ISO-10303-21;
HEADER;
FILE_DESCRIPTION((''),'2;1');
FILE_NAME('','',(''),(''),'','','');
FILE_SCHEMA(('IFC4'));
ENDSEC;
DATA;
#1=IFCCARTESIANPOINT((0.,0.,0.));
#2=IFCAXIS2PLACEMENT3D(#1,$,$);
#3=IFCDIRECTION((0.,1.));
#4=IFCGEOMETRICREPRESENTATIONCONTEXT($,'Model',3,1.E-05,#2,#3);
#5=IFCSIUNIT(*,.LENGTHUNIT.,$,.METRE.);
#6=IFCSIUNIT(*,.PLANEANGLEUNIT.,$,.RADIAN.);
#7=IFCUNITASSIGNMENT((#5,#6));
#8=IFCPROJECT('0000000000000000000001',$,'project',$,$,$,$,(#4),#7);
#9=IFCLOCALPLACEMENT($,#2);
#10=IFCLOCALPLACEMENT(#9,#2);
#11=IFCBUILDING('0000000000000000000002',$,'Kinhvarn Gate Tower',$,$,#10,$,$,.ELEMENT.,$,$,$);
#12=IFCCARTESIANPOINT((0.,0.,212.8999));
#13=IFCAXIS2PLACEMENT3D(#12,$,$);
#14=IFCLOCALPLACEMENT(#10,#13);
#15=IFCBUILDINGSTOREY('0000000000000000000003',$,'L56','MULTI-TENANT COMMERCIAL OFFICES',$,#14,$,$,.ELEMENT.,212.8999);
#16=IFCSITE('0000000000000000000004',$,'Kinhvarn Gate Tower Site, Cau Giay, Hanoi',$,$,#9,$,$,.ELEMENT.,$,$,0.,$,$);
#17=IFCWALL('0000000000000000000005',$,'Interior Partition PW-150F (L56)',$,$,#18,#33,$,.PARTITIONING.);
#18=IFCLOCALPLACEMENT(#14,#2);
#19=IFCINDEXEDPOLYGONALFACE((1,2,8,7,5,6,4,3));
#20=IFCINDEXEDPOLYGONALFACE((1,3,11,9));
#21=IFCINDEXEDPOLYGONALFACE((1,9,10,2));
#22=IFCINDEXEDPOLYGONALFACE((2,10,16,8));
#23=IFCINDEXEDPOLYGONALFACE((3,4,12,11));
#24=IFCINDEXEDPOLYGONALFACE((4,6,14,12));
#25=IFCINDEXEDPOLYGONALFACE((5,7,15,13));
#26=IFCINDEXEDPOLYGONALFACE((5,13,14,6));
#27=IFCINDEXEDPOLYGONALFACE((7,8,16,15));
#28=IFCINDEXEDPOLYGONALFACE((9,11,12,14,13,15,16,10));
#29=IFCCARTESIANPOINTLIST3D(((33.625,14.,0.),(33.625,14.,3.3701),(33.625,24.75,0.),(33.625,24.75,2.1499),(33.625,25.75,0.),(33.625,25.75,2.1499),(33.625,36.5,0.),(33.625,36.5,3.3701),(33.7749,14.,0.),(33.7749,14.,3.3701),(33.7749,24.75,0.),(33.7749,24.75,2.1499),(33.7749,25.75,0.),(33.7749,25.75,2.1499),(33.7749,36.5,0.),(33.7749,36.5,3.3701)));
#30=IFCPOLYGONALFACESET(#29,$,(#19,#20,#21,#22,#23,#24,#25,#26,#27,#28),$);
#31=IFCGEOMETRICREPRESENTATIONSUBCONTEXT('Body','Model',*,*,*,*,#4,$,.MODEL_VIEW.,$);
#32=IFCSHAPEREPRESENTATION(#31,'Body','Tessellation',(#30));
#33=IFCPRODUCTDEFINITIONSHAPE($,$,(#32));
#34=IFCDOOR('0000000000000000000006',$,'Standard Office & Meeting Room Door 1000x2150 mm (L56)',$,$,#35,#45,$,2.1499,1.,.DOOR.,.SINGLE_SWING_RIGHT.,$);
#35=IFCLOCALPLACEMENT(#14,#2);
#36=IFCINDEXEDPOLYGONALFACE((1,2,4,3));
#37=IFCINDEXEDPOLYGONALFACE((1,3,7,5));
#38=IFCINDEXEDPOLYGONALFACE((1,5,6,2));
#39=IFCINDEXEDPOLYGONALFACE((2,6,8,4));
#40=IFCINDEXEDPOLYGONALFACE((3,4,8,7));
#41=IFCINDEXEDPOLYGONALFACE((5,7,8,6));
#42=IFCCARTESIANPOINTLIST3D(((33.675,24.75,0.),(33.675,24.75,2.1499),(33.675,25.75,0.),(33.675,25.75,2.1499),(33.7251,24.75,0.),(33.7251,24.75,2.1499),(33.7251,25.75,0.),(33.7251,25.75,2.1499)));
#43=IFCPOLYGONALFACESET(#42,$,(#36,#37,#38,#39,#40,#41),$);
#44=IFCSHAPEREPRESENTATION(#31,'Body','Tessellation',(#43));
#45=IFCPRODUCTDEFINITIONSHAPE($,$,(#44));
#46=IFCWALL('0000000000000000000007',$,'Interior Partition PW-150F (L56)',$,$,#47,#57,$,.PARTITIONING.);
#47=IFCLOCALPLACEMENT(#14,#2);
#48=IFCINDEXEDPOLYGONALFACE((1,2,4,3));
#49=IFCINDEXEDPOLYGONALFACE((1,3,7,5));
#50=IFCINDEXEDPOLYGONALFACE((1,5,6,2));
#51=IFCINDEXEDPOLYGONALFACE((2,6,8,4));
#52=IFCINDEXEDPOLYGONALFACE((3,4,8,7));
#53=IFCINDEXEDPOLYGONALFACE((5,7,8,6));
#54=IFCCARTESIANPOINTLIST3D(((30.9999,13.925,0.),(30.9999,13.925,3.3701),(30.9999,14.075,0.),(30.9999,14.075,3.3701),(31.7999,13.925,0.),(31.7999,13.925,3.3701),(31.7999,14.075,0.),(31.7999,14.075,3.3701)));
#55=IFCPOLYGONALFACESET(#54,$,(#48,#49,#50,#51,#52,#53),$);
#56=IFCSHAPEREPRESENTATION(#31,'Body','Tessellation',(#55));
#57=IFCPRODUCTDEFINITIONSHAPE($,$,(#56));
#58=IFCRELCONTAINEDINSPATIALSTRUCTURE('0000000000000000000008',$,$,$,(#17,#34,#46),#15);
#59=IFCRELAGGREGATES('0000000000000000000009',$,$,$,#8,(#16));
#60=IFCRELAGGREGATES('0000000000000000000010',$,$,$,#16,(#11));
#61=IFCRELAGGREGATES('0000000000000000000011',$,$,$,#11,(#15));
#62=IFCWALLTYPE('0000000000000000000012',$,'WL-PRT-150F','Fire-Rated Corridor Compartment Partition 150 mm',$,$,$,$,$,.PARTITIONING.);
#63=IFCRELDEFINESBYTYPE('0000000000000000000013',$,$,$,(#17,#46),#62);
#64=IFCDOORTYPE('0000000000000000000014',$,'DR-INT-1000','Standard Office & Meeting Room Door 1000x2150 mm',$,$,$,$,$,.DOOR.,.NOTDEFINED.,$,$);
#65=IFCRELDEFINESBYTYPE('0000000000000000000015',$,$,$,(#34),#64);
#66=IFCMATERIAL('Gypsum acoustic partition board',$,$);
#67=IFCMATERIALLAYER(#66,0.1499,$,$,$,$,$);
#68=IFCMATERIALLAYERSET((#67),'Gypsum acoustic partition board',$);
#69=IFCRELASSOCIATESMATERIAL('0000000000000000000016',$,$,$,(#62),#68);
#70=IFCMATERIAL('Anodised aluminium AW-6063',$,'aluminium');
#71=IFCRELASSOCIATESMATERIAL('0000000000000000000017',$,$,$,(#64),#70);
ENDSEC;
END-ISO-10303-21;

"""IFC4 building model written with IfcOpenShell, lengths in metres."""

from ifc_helpers import new_model, si_unit, direction, frame, frame_2d, origin, place, context, subcontext, project, spatial, rectangle, extrude, material, layer, layer_set, type_object, element, fill, save


model = new_model("IFC4")

# Units and contexts
model_context = context("Model", 3, precision=1e-05, world=origin(), true_north=direction((0.0, 1.0)))
body_context = subcontext(model_context, "Body", "Model", "MODEL_VIEW")
ifc_project = project(units=[si_unit("LENGTHUNIT", "METRE"), si_unit("PLANEANGLEUNIT", "RADIAN")], contexts=[model_context])

# Site, building, storey
site_placement = place(None, origin())
site = spatial("IfcSite", under=ifc_project, at=site_placement, Name="Kinhvarn Gate Tower Site, Cau Giay, Hanoi", CompositionType="ELEMENT", RefElevation=0.0)
building_placement = place(site_placement, origin())
building = spatial("IfcBuilding", under=site, at=building_placement, Name="Kinhvarn Gate Tower", CompositionType="ELEMENT")
storey_placement = place(building_placement, frame((0.0, 0.0, 212.8999)))
storey = spatial("IfcBuildingStorey", under=building, at=storey_placement, Name="L56", Description="MULTI-TENANT COMMERCIAL OFFICES", CompositionType="ELEMENT", Elevation=212.8999)

# Shared definitions
ifc_material_1 = material(Name="Gypsum acoustic partition board")

# Shared definitions
ifc_material_2 = material(Name="Anodised aluminium AW-6063", Category="aluminium")

# Shared definitions
ifc_layer_1 = layer(ifc_material_1, 0.1499)
ifc_layer_set_1 = layer_set([ifc_layer_1], Name="Gypsum acoustic partition board")
wall_type_1 = type_object("IfcWallType", Name="WL-PRT-150F", Description="Fire-Rated Corridor Compartment Partition 150 mm", PredefinedType="PARTITIONING", material=ifc_layer_set_1)

# Wall, opening, door
door_type_1 = type_object("IfcDoorType", Name="DR-INT-1000", Description="Standard Office & Meeting Room Door 1000x2150 mm", OperationType="NOTDEFINED", PredefinedType="DOOR", material=ifc_material_2)
wall_1_placement = place(storey_placement, frame((33.7, 14.0, 0.0), z_axis=(0.0, 0.0, 1.0), x_axis=(0.0, 1.0, 0.0)))
wall_1 = element("IfcWall", 1, at=wall_1_placement, inside=storey, type_object=wall_type_1, Name="Interior Partition PW-150F (L56)", PredefinedType="PARTITIONING", context=body_context, shape_type="SweptSolid", body=[
    extrude(rectangle(XDim=22.5, YDim=0.1499, at=frame_2d((11.25, 0.0))), origin(), (0.0, 0.0, 1.0), 3.3701),
])
opening_1_placement = place(wall_1_placement, frame((10.75, 0.0, 0.0)))
opening_1 = element("IfcOpeningElement", 2, at=opening_1_placement, cuts=wall_1, PredefinedType="OPENING", context=body_context, shape_type="SweptSolid", body=[
    extrude(rectangle(XDim=1.0, YDim=2.1499, at=frame_2d((0.5, 1.075))), frame((0.0, 0.085, 0.0), z_axis=(0.0, -1.0, 0.0), x_axis=(1.0, 0.0, 0.0)), (0.0, 0.0, 1.0), 0.1699),
])
door_1_placement = place(opening_1_placement, origin())
door_1 = element("IfcDoor", 3, at=door_1_placement, inside=storey, type_object=door_type_1, Name="Standard Office & Meeting Room Door 1000x2150 mm (L56)", OperationType="SINGLE_SWING_RIGHT", OverallHeight=2.1499, OverallWidth=1.0, PredefinedType="DOOR", context=body_context, shape_type="SweptSolid", body=[
    extrude(rectangle(XDim=1.0, YDim=2.1499, at=frame_2d((0.5, 1.075))), frame((0.0, 0.0249, 0.0), z_axis=(0.0, -1.0, 0.0), x_axis=(1.0, 0.0, 0.0)), (0.0, 0.0, 1.0), 0.05),
])
fill(opening_1, door_1)

# Wall
wall_2_placement = place(storey_placement, frame((31.0, 14.0, 0.0), z_axis=(0.0, 0.0, 1.0), x_axis=(1.0, 0.0, 0.0)))
element("IfcWall", 4, at=wall_2_placement, inside=storey, type_object=wall_type_1, Name="Interior Partition PW-150F (L56)", PredefinedType="PARTITIONING", context=body_context, shape_type="SweptSolid", body=[
    extrude(rectangle(XDim=0.8, YDim=0.1499, at=frame_2d((0.3999, 0.0))), origin(), (0.0, 0.0, 1.0), 3.3701),
])

save(model, "model.ifc")
